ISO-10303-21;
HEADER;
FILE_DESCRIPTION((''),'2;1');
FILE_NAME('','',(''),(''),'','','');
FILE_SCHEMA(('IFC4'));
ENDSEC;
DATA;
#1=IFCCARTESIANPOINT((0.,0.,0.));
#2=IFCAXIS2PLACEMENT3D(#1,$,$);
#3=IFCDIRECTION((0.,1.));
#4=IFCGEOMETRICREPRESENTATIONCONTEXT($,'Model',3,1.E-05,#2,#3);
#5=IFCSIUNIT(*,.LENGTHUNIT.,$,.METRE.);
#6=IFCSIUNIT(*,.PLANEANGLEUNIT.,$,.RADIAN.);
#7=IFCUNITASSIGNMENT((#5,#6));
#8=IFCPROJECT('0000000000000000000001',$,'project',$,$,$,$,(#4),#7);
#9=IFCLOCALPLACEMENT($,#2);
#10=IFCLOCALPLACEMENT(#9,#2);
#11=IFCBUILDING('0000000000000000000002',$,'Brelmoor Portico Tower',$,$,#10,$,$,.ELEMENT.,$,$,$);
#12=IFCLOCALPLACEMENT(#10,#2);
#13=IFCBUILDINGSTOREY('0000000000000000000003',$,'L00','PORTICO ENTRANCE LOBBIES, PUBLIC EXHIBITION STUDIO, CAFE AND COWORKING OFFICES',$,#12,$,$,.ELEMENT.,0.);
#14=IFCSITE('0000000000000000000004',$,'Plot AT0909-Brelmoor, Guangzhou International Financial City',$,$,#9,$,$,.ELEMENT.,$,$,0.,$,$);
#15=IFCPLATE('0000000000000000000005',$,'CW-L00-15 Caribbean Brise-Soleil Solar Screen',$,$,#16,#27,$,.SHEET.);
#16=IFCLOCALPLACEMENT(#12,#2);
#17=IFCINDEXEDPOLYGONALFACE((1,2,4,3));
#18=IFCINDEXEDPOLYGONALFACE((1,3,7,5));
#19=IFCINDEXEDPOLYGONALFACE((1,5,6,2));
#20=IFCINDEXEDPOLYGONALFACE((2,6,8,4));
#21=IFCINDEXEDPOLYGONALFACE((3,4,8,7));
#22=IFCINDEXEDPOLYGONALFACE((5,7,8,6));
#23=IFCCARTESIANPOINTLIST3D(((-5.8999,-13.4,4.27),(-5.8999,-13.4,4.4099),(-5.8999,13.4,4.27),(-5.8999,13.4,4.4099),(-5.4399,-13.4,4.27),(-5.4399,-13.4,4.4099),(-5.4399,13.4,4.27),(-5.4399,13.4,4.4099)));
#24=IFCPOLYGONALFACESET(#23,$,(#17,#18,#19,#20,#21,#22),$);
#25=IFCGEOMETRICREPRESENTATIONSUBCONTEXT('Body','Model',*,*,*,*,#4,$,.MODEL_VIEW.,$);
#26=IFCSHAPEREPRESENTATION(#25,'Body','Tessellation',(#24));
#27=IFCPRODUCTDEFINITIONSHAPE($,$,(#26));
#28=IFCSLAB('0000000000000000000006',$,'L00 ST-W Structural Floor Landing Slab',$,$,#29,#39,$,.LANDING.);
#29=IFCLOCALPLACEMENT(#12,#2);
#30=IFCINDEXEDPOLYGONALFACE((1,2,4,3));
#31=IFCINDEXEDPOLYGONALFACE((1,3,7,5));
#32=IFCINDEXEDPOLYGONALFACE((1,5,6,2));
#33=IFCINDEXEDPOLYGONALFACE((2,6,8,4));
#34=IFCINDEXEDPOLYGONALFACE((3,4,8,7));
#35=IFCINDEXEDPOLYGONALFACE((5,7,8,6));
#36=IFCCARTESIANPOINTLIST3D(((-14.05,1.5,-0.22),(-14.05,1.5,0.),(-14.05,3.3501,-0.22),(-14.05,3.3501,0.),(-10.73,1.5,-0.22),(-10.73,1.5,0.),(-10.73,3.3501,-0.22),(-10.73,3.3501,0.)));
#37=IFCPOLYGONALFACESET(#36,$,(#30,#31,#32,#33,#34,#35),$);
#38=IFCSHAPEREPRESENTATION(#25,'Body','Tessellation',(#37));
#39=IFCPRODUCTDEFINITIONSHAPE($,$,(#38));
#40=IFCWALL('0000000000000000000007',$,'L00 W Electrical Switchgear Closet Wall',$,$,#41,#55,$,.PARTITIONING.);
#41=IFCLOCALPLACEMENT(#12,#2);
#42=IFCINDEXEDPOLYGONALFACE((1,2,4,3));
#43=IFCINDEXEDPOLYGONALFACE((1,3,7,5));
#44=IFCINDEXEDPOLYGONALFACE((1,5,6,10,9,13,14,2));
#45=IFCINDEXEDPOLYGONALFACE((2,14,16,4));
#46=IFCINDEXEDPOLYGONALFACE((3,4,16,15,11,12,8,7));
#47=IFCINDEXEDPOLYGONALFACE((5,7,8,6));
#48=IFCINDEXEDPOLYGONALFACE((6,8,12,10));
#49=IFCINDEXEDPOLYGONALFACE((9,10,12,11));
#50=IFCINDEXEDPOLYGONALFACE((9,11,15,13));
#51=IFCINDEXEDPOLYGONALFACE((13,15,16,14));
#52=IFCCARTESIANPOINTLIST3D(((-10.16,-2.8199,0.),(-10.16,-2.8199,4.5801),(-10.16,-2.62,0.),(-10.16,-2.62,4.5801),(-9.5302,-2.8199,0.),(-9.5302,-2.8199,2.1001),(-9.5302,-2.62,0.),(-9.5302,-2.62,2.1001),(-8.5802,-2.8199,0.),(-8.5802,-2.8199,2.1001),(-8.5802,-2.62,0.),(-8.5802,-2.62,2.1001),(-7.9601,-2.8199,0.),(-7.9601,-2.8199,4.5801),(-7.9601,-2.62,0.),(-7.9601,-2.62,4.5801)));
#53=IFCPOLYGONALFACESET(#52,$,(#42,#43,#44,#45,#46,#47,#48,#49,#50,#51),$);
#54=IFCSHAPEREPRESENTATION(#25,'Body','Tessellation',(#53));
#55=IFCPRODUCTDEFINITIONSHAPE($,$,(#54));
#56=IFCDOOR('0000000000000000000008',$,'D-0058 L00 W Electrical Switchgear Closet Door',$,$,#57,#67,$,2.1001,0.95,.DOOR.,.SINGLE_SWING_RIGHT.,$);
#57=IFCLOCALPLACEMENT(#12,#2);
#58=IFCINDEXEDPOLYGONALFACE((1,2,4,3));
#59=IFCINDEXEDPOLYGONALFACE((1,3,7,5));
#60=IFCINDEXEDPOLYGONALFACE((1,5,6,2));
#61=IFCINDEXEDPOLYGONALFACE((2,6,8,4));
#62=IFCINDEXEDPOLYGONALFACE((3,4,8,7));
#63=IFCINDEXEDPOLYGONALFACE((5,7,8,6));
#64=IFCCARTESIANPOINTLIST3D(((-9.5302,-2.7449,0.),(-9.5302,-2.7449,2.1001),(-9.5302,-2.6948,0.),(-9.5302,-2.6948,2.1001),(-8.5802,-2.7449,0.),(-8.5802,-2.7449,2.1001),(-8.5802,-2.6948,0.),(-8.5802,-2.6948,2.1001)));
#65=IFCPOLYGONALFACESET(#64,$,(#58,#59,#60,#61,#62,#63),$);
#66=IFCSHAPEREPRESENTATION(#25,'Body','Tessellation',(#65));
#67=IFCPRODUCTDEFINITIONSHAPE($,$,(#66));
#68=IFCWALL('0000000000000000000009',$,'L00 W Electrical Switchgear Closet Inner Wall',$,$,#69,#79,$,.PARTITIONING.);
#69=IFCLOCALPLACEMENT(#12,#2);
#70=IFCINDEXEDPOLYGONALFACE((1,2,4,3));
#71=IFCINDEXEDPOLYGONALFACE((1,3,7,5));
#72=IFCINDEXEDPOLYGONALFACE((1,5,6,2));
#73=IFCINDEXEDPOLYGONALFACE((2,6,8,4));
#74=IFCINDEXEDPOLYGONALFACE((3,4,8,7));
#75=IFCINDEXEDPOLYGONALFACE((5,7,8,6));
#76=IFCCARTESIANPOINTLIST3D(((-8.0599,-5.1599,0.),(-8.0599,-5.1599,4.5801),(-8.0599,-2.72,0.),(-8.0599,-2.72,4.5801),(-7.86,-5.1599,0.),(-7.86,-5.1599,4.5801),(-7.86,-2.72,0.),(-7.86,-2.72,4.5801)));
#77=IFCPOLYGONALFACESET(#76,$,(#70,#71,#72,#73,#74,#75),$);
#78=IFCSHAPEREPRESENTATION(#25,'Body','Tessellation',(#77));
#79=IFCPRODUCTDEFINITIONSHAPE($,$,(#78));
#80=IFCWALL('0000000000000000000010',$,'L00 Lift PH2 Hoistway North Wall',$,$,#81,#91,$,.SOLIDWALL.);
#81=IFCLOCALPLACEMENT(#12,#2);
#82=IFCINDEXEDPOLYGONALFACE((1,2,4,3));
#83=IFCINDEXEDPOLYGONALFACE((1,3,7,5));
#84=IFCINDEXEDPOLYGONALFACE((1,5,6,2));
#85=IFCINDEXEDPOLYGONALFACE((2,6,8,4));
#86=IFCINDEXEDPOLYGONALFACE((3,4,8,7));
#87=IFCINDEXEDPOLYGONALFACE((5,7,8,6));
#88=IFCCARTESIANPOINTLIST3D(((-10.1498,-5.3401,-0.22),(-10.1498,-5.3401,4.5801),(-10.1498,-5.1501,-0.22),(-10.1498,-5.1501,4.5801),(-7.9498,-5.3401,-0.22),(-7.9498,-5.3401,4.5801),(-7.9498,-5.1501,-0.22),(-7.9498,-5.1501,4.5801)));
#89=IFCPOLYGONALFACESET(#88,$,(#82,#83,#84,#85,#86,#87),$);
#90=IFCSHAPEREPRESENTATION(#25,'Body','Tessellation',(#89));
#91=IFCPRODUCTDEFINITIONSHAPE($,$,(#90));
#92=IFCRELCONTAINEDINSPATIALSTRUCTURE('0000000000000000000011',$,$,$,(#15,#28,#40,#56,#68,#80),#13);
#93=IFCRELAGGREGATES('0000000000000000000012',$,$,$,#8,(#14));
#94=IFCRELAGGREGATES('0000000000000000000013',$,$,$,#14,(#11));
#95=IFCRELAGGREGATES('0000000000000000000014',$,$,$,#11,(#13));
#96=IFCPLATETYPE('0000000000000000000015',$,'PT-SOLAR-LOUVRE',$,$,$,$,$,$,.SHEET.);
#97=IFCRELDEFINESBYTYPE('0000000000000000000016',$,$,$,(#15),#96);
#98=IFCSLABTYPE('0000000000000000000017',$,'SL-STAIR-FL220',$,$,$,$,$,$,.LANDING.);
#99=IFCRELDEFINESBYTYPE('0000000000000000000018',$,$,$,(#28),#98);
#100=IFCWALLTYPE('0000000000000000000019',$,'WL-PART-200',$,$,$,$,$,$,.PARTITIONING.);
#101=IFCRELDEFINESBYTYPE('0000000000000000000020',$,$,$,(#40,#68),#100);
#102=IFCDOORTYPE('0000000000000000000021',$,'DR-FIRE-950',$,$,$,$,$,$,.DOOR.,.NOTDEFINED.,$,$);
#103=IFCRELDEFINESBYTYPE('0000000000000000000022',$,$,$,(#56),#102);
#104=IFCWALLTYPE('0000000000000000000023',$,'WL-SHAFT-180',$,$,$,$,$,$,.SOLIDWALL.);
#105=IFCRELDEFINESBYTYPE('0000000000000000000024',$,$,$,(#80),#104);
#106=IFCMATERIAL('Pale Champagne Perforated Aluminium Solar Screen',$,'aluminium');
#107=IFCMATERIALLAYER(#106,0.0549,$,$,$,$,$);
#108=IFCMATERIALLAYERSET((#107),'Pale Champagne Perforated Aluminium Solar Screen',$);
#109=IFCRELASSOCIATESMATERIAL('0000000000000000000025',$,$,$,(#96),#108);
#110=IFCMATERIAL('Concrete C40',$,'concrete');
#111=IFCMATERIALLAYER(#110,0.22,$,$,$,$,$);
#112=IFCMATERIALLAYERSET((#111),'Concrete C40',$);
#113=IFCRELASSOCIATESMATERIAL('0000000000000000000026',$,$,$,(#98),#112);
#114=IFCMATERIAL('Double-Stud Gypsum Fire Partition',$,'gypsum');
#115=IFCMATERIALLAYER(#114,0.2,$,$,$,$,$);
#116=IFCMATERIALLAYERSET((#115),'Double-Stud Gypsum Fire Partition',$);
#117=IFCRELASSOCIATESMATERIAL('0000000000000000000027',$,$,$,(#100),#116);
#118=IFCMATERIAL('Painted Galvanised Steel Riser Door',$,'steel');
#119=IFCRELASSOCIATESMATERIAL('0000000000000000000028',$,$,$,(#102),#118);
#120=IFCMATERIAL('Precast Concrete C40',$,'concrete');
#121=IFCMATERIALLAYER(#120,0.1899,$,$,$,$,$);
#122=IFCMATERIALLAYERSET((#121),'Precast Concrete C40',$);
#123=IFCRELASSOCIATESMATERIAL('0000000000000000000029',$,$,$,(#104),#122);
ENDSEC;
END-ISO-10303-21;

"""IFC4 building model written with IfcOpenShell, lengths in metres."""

from ifc_helpers import new_model, si_unit, direction, frame, frame_2d, origin, origin_2d, place, context, subcontext, project, spatial, polyline, rectangle, outline, extrude, material, layer, layer_set, type_object, element, fill, save


model = new_model("IFC4")

# Units and contexts
model_context = context("Model", 3, precision=1e-05, world=origin(), true_north=direction((0.0, 1.0)))
body_context = subcontext(model_context, "Body", "Model", "MODEL_VIEW")
ifc_project = project(units=[si_unit("LENGTHUNIT", "METRE"), si_unit("PLANEANGLEUNIT", "RADIAN")], contexts=[model_context])

# Site, building, storey
site_placement = place(None, origin())
site = spatial("IfcSite", under=ifc_project, at=site_placement, Name="Plot AT0909-Brelmoor, Guangzhou International Financial City", CompositionType="ELEMENT", RefElevation=0.0)
building_placement = place(site_placement, origin())
building = spatial("IfcBuilding", under=site, at=building_placement, Name="Brelmoor Portico Tower", CompositionType="ELEMENT")
storey_placement = place(building_placement, origin())
storey = spatial("IfcBuildingStorey", under=building, at=storey_placement, Name="L00", Description="PORTICO ENTRANCE LOBBIES, PUBLIC EXHIBITION STUDIO, CAFE AND COWORKING OFFICES", CompositionType="ELEMENT", Elevation=0.0)

# Plate
ifc_material_1 = material(Name="Pale Champagne Perforated Aluminium Solar Screen", Category="aluminium")
ifc_layer_1 = layer(ifc_material_1, 0.0549)
ifc_layer_set_1 = layer_set([ifc_layer_1], Name="Pale Champagne Perforated Aluminium Solar Screen")
plate_type_1 = type_object("IfcPlateType", Name="PT-SOLAR-LOUVRE", PredefinedType="SHEET", material=ifc_layer_set_1)
plate_1_placement = place(storey_placement, frame((-5.6699, 0.0, 4.27), z_axis=(0.0, 0.0, 1.0), x_axis=(0.0, 1.0, 0.0)))
element("IfcPlate", 1, at=plate_1_placement, inside=storey, type_object=plate_type_1, Name="CW-L00-15 Caribbean Brise-Soleil Solar Screen", PredefinedType="SHEET", context=body_context, shape_type="SweptSolid", body=[
    extrude(rectangle(XDim=26.8, YDim=0.46, at=origin_2d()), origin(), (0.0, 0.0, 1.0), 0.1399),
])

# Slab
ifc_material_2 = material(Name="Concrete C40", Category="concrete")
ifc_layer_2 = layer(ifc_material_2, 0.22)
ifc_layer_set_2 = layer_set([ifc_layer_2], Name="Concrete C40")
slab_type = type_object("IfcSlabType", Name="SL-STAIR-FL220", PredefinedType="LANDING", material=ifc_layer_set_2)
slab_placement = place(storey_placement, frame((0.0, 0.0, -0.22)))
element("IfcSlab", 2, at=slab_placement, inside=storey, type_object=slab_type, Name="L00 ST-W Structural Floor Landing Slab", PredefinedType="LANDING", context=body_context, shape_type="SweptSolid", body=[
    extrude(outline(polyline([(-10.73, 1.5), (-10.73, 3.3501), (-14.05, 3.3501), (-14.05, 1.5), (-10.73, 1.5)])), origin(), (0.0, 0.0, 1.0), 0.22),
])

# Wall, opening, door
ifc_material_3 = material(Name="Double-Stud Gypsum Fire Partition", Category="gypsum")
ifc_layer_3 = layer(ifc_material_3, 0.2)
ifc_layer_set_3 = layer_set([ifc_layer_3], Name="Double-Stud Gypsum Fire Partition")
wall_type_1 = type_object("IfcWallType", Name="WL-PART-200", PredefinedType="PARTITIONING", material=ifc_layer_set_3)
wall_1_placement = place(storey_placement, frame((-7.96, -2.72, 0.0), z_axis=(0.0, 0.0, 1.0), x_axis=(-1.0, 0.0, 0.0)))
wall_1 = element("IfcWall", 3, at=wall_1_placement, inside=storey, type_object=wall_type_1, Name="L00 W Electrical Switchgear Closet Wall", PredefinedType="PARTITIONING", context=body_context, shape_type="SweptSolid", body=[
    extrude(rectangle(XDim=2.2, YDim=0.2, at=frame_2d((1.1001, 0.0))), origin(), (0.0, 0.0, 1.0), 4.5801),
])
opening_1_placement = place(wall_1_placement, frame((0.6201, 0.0, 0.0)))
opening_1 = element("IfcOpeningElement", 4, at=opening_1_placement, cuts=wall_1, PredefinedType="OPENING", context=body_context, shape_type="SweptSolid", body=[
    extrude(rectangle(XDim=0.95, YDim=2.1001, at=frame_2d((0.4751, 1.05))), frame((0.0, 0.1099, 0.0), z_axis=(0.0, -1.0, 0.0), x_axis=(1.0, 0.0, 0.0)), (0.0, 0.0, 1.0), 0.22),
])
ifc_material_4 = material(Name="Painted Galvanised Steel Riser Door", Category="steel")
door_type_1 = type_object("IfcDoorType", Name="DR-FIRE-950", OperationType="NOTDEFINED", PredefinedType="DOOR", material=ifc_material_4)
door_1_placement = place(opening_1_placement, origin())
door_1 = element("IfcDoor", 5, at=door_1_placement, inside=storey, type_object=door_type_1, Name="D-0058 L00 W Electrical Switchgear Closet Door", OperationType="SINGLE_SWING_RIGHT", OverallHeight=2.1001, OverallWidth=0.95, PredefinedType="DOOR", context=body_context, shape_type="SweptSolid", body=[
    extrude(rectangle(XDim=0.95, YDim=2.1001, at=frame_2d((0.4751, 1.05))), frame((0.0, 0.0249, 0.0), z_axis=(0.0, -1.0, 0.0), x_axis=(1.0, 0.0, 0.0)), (0.0, 0.0, 1.0), 0.05),
])
fill(opening_1, door_1)

# Walls
wall_2_placement = place(storey_placement, frame((-7.96, -5.1599, 0.0), z_axis=(0.0, 0.0, 1.0), x_axis=(0.0, 1.0, 0.0)))
element("IfcWall", 6, at=wall_2_placement, inside=storey, type_object=wall_type_1, Name="L00 W Electrical Switchgear Closet Inner Wall", PredefinedType="PARTITIONING", context=body_context, shape_type="SweptSolid", body=[
    extrude(rectangle(XDim=2.4399, YDim=0.2, at=frame_2d((1.22, 0.0))), origin(), (0.0, 0.0, 1.0), 4.5801),
])
ifc_material_5 = material(Name="Precast Concrete C40", Category="concrete")
ifc_layer_4 = layer(ifc_material_5, 0.1899)
ifc_layer_set_4 = layer_set([ifc_layer_4], Name="Precast Concrete C40")
wall_type_2 = type_object("IfcWallType", Name="WL-SHAFT-180", PredefinedType="SOLIDWALL", material=ifc_layer_set_4)
wall_3_placement = place(storey_placement, frame((-10.1499, -5.2451, -0.22), z_axis=(0.0, 0.0, 1.0), x_axis=(1.0, 0.0, 0.0)))
element("IfcWall", 7, at=wall_3_placement, inside=storey, type_object=wall_type_2, Name="L00 Lift PH2 Hoistway North Wall", PredefinedType="SOLIDWALL", context=body_context, shape_type="SweptSolid", body=[
    extrude(rectangle(XDim=2.2, YDim=0.1899, at=frame_2d((1.1001, 0.0))), origin(), (0.0, 0.0, 1.0), 4.8),
])

save(model, "model.ifc")
